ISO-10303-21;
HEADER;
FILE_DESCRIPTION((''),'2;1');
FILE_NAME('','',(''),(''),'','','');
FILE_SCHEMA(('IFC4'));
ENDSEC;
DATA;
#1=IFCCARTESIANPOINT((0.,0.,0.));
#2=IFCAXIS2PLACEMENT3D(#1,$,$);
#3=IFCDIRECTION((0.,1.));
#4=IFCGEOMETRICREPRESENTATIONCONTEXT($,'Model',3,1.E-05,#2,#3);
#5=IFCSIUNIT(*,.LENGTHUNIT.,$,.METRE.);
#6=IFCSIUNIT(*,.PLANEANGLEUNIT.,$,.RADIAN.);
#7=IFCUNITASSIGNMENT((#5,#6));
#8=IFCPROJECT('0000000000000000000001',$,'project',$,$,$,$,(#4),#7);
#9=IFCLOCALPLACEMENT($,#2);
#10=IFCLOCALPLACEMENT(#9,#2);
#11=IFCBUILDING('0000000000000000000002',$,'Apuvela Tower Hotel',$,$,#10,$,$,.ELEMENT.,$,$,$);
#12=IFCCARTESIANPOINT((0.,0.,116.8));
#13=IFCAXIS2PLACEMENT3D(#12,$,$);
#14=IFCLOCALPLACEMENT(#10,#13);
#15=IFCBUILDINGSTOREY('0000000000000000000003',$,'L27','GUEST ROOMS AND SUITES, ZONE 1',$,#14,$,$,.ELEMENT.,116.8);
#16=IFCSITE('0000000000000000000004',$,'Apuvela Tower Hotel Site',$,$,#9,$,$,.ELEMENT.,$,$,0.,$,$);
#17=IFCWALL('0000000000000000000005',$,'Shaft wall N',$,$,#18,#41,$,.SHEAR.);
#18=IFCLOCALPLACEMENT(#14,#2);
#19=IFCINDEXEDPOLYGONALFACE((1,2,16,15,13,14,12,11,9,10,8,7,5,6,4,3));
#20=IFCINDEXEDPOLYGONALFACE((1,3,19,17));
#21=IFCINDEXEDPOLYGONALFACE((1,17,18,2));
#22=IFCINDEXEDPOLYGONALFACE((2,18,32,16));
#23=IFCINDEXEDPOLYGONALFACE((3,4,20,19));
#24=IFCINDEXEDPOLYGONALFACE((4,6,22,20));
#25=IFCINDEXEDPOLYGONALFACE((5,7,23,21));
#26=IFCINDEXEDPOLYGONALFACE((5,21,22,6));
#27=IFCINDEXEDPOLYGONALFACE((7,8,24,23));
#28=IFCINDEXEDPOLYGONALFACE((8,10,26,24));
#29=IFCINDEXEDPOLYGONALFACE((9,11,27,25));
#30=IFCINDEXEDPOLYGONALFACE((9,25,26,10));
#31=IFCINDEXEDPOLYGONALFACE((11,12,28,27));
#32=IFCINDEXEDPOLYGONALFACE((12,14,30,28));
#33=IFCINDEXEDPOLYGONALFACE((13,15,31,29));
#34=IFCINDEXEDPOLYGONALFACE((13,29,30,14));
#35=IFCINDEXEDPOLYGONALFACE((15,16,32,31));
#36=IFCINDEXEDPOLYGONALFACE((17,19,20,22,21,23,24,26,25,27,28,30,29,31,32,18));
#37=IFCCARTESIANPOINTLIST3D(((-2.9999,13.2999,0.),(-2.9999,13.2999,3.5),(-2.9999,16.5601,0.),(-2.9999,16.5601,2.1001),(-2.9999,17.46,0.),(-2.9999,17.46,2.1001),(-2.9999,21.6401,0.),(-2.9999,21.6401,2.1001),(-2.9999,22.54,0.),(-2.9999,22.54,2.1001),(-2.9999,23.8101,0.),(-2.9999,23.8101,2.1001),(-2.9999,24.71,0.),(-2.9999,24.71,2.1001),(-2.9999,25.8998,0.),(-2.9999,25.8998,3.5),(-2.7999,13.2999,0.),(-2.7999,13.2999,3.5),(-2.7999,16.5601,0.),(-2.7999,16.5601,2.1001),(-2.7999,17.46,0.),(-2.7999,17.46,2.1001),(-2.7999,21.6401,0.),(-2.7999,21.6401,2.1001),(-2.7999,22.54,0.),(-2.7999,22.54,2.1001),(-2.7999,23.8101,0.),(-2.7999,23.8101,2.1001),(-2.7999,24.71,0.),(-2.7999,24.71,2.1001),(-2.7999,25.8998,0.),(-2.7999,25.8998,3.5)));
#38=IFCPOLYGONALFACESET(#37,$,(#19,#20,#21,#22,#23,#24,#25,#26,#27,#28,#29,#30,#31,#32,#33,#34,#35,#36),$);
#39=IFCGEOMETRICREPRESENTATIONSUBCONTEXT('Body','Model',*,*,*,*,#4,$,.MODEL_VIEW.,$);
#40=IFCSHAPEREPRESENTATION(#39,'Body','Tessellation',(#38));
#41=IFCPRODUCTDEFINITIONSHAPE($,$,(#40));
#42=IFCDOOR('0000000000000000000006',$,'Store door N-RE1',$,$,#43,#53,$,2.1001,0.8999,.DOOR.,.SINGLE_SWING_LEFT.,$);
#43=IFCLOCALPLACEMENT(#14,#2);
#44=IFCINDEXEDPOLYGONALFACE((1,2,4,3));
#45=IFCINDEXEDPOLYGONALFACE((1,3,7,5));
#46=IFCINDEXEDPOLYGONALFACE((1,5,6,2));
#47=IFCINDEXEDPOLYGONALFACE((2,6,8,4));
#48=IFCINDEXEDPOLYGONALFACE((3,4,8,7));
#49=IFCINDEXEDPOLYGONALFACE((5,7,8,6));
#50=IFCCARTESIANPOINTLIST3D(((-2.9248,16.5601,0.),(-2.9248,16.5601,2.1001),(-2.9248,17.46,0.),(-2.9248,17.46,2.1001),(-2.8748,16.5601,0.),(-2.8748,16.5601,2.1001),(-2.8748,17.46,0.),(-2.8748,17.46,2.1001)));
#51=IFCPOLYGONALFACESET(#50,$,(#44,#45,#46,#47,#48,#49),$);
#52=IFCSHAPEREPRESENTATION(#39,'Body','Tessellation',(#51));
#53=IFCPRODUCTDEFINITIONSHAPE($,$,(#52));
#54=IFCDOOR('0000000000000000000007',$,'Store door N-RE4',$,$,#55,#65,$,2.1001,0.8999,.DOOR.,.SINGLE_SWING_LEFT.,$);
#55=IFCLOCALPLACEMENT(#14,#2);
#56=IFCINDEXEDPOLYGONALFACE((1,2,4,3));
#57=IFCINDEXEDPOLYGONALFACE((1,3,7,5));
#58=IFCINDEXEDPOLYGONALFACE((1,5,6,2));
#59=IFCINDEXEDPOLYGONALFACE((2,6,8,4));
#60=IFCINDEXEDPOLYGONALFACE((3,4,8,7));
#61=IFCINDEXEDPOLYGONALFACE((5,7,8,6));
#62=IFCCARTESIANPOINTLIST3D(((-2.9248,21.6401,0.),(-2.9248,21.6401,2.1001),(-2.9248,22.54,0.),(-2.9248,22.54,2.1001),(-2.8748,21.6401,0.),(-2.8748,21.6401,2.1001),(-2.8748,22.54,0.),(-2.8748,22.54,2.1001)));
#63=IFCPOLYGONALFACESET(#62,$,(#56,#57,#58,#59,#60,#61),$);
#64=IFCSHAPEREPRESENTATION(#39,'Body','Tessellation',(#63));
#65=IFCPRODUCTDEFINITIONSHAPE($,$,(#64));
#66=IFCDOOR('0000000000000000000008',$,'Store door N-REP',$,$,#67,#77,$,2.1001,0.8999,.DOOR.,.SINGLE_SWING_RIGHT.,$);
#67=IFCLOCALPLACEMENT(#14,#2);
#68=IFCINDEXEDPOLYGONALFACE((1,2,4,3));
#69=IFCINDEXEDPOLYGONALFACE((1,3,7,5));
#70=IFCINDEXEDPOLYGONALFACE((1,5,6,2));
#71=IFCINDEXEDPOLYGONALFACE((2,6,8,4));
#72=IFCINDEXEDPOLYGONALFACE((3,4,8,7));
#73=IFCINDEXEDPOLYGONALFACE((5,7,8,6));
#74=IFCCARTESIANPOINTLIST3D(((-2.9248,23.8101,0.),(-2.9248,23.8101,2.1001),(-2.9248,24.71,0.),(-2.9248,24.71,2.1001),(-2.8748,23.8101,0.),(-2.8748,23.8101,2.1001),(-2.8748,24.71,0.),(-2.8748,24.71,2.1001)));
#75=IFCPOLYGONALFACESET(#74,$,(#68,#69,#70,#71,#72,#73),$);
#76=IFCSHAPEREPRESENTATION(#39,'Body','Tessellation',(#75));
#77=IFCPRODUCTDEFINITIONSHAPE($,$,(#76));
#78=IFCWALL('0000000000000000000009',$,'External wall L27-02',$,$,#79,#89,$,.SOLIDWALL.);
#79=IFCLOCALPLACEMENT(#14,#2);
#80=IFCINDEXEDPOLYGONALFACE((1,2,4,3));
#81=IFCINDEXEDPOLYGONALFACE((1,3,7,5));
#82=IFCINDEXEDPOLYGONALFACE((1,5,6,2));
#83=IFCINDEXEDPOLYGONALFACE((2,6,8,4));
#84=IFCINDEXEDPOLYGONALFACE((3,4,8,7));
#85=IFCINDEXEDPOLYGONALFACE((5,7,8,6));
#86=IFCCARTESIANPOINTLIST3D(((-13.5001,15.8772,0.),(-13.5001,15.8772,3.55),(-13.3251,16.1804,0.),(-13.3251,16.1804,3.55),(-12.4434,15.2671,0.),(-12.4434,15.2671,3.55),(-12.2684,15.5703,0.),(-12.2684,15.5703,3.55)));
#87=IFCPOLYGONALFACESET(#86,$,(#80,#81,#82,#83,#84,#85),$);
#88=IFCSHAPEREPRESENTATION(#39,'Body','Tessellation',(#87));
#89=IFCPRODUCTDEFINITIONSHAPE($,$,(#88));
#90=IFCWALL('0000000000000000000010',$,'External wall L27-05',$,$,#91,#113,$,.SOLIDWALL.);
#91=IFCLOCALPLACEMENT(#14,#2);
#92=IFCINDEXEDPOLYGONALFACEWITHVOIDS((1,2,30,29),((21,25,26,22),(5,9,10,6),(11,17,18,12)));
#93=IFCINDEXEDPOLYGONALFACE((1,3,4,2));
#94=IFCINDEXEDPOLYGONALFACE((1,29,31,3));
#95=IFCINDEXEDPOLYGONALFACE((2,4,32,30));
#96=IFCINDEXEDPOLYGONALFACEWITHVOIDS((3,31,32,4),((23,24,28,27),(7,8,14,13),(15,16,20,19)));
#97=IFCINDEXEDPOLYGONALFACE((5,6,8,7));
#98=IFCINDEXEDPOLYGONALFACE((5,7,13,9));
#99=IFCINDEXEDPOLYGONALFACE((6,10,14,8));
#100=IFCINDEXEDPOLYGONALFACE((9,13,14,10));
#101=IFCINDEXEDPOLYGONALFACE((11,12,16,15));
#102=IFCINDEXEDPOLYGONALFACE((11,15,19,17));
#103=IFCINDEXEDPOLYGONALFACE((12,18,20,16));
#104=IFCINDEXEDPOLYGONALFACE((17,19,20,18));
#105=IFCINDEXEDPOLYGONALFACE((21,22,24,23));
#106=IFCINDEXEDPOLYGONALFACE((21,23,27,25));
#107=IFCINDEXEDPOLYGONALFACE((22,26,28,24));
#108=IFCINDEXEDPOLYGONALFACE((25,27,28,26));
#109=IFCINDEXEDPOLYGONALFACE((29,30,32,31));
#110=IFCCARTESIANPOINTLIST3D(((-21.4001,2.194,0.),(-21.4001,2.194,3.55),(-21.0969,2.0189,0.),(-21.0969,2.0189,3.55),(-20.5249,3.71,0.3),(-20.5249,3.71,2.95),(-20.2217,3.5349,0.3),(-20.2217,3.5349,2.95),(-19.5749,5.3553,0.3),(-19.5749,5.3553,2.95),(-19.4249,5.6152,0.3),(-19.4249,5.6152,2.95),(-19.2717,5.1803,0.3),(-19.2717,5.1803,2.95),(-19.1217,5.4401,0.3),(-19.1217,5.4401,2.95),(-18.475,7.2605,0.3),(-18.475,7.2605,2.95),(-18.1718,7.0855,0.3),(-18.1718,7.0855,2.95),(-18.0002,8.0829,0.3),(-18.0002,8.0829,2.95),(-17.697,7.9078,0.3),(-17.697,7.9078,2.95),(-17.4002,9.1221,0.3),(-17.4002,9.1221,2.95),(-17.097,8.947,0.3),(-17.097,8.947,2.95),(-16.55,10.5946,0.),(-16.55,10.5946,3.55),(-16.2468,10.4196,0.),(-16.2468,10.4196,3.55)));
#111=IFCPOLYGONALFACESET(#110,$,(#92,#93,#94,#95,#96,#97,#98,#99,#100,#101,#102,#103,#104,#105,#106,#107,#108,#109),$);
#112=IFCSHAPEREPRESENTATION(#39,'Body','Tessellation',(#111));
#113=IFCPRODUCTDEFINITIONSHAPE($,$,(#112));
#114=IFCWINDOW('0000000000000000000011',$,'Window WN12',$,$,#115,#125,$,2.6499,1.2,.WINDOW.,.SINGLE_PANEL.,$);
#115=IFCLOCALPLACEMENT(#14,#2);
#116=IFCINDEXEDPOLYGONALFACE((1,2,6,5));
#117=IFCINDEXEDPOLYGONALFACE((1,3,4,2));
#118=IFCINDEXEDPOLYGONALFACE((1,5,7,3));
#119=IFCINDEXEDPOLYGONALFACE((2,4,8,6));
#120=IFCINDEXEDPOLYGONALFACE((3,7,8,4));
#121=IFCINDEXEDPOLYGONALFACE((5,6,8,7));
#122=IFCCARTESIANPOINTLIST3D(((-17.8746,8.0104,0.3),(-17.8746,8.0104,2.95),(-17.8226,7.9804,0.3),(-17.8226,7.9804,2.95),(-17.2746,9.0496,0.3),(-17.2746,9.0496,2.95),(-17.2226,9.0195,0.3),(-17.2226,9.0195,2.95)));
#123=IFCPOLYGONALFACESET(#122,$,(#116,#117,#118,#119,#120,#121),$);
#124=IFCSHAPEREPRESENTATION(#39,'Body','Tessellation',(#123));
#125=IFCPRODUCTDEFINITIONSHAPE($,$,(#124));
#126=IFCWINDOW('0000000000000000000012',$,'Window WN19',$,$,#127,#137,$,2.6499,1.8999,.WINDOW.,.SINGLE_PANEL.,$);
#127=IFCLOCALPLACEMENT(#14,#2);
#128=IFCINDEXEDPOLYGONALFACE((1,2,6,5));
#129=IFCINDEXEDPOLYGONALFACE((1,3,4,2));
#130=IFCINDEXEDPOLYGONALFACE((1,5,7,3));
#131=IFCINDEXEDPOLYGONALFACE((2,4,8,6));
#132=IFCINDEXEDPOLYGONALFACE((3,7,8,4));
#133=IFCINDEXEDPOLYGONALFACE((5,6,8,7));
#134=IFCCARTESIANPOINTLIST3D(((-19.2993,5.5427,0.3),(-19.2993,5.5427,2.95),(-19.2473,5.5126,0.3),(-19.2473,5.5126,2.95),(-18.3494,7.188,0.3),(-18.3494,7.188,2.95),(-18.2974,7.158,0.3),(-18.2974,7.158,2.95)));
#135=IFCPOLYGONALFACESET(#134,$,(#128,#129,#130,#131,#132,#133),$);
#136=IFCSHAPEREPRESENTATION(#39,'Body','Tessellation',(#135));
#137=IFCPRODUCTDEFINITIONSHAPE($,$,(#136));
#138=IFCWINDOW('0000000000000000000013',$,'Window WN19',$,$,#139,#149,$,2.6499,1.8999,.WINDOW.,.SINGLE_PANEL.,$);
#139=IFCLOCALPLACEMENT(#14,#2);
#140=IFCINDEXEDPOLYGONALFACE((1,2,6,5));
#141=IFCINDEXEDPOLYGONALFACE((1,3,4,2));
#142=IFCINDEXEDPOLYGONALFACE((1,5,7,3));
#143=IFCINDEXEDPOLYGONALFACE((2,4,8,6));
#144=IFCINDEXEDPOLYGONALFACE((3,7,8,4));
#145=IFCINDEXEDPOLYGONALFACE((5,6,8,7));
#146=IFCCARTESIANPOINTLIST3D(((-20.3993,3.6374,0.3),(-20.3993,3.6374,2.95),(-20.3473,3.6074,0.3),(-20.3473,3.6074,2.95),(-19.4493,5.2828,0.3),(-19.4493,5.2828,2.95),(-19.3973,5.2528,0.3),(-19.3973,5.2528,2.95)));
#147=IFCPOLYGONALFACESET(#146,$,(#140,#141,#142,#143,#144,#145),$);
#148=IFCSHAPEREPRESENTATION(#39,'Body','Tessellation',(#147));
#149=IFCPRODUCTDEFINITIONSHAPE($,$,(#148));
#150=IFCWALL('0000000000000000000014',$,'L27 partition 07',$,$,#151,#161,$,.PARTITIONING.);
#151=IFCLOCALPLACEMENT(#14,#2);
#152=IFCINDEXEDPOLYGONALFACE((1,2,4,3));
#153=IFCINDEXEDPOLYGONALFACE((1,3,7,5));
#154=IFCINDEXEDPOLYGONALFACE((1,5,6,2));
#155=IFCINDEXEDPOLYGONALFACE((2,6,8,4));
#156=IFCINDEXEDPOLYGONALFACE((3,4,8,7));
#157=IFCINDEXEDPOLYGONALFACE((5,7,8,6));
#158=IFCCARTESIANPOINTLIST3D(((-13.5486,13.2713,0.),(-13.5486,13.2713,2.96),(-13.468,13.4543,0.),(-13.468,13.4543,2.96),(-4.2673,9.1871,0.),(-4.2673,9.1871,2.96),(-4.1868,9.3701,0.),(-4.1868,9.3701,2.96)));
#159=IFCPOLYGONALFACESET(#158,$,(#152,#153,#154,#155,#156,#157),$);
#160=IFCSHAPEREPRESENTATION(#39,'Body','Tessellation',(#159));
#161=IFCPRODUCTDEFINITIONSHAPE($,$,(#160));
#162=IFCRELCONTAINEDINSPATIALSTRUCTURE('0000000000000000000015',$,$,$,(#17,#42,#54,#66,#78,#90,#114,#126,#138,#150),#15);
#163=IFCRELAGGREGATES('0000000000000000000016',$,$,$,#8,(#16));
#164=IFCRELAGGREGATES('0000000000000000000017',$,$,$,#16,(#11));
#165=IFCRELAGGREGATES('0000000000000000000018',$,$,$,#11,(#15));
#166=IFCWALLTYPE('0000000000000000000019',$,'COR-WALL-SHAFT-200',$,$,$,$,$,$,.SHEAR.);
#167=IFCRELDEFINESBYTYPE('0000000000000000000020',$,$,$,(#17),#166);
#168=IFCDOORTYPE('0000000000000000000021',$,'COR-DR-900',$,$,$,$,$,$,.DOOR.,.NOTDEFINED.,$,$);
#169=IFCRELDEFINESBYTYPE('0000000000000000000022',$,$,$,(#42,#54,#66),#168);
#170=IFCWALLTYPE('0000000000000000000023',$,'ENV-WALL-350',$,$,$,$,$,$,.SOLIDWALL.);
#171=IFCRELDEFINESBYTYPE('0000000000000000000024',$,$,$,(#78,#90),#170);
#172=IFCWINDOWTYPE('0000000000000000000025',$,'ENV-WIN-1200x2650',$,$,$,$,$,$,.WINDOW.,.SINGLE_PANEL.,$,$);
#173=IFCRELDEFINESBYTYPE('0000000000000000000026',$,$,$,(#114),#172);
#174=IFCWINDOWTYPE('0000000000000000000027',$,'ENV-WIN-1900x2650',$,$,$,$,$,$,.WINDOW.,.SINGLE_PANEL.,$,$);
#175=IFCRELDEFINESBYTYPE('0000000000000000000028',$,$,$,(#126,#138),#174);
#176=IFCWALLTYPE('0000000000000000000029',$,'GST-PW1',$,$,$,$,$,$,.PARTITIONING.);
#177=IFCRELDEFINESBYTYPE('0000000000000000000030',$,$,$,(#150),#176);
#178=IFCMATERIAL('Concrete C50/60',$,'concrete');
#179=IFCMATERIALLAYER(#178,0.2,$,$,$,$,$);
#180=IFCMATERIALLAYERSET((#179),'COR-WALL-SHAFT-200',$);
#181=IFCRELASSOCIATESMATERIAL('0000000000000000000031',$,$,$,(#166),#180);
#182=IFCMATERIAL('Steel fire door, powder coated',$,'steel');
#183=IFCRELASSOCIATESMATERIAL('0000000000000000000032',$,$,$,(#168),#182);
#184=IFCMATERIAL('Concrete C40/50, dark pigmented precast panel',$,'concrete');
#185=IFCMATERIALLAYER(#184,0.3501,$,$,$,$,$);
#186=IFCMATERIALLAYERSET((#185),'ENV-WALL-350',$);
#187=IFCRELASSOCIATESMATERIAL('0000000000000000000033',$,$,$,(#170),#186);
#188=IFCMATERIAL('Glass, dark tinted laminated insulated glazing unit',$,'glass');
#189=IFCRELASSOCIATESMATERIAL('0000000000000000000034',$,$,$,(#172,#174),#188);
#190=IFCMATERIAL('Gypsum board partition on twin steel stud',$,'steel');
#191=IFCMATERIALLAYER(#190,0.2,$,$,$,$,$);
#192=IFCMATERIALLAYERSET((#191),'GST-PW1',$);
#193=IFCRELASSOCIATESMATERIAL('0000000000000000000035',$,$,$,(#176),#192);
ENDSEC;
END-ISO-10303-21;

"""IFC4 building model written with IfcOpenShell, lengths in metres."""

from ifc_helpers import new_model, si_unit, direction, frame, frame_2d, origin, place, context, subcontext, project, spatial, rectangle, extrude, material, layer, layer_set, type_object, element, fill, save


model = new_model("IFC4")

# Units and contexts
model_context = context("Model", 3, precision=1e-05, world=origin(), true_north=direction((0.0, 1.0)))
body_context = subcontext(model_context, "Body", "Model", "MODEL_VIEW")
ifc_project = project(units=[si_unit("LENGTHUNIT", "METRE"), si_unit("PLANEANGLEUNIT", "RADIAN")], contexts=[model_context])

# Site, building, storey
site_placement = place(None, origin())
site = spatial("IfcSite", under=ifc_project, at=site_placement, Name="Apuvela Tower Hotel Site", CompositionType="ELEMENT", RefElevation=0.0)
building_placement = place(site_placement, origin())
building = spatial("IfcBuilding", under=site, at=building_placement, Name="Apuvela Tower Hotel", CompositionType="ELEMENT")
storey_placement = place(building_placement, frame((0.0, 0.0, 116.8)))
storey = spatial("IfcBuildingStorey", under=building, at=storey_placement, Name="L27", Description="GUEST ROOMS AND SUITES, ZONE 1", CompositionType="ELEMENT", Elevation=116.8)

# Shared definitions
ifc_material_1 = material(Name="Concrete C50/60", Category="concrete")
ifc_layer_1 = layer(ifc_material_1, 0.2)
ifc_layer_set_1 = layer_set([ifc_layer_1], Name="COR-WALL-SHAFT-200")
wall_type_1 = type_object("IfcWallType", Name="COR-WALL-SHAFT-200", PredefinedType="SHEAR", material=ifc_layer_set_1)

# Wall, openings, doors
wall_1_placement = place(storey_placement, frame((-2.8999, 13.3, 0.0), z_axis=(0.0, 0.0, 1.0), x_axis=(0.0, 1.0, 0.0)))
wall_1 = element("IfcWall", 1, at=wall_1_placement, inside=storey, type_object=wall_type_1, Name="Shaft wall N", PredefinedType="SHEAR", context=body_context, shape_type="SweptSolid", body=[
    extrude(rectangle(XDim=12.5999, YDim=0.2, at=frame_2d((6.2998, 0.0))), origin(), (0.0, 0.0, 1.0), 3.5),
])
opening_1_placement = place(wall_1_placement, frame((3.26, 0.0, 0.0)))
opening_1 = element("IfcOpeningElement", 2, at=opening_1_placement, cuts=wall_1, PredefinedType="OPENING", context=body_context, shape_type="SweptSolid", body=[
    extrude(rectangle(XDim=0.8999, YDim=2.1001, at=frame_2d((0.45, 1.05))), frame((0.0, 0.1099, 0.0), z_axis=(0.0, -1.0, 0.0), x_axis=(1.0, 0.0, 0.0)), (0.0, 0.0, 1.0), 0.22),
])
opening_2_placement = place(wall_1_placement, frame((8.3401, 0.0, 0.0)))
opening_2 = element("IfcOpeningElement", 3, at=opening_2_placement, cuts=wall_1, PredefinedType="OPENING", context=body_context, shape_type="SweptSolid", body=[
    extrude(rectangle(XDim=0.8999, YDim=2.1001, at=frame_2d((0.45, 1.05))), frame((0.0, 0.1099, 0.0), z_axis=(0.0, -1.0, 0.0), x_axis=(1.0, 0.0, 0.0)), (0.0, 0.0, 1.0), 0.22),
])
opening_3_placement = place(wall_1_placement, frame((10.51, 0.0, 0.0)))
opening_3 = element("IfcOpeningElement", 4, at=opening_3_placement, cuts=wall_1, PredefinedType="OPENING", context=body_context, shape_type="SweptSolid", body=[
    extrude(rectangle(XDim=0.8999, YDim=2.1001, at=frame_2d((0.45, 1.05))), frame((0.0, 0.1099, 0.0), z_axis=(0.0, -1.0, 0.0), x_axis=(1.0, 0.0, 0.0)), (0.0, 0.0, 1.0), 0.22),
])
ifc_material_2 = material(Name="Steel fire door, powder coated", Category="steel")
door_type_1 = type_object("IfcDoorType", Name="COR-DR-900", OperationType="NOTDEFINED", PredefinedType="DOOR", material=ifc_material_2)
door_1_placement = place(opening_1_placement, origin())
door_1 = element("IfcDoor", 5, at=door_1_placement, inside=storey, type_object=door_type_1, Name="Store door N-RE1", OperationType="SINGLE_SWING_LEFT", OverallHeight=2.1001, OverallWidth=0.8999, PredefinedType="DOOR", context=body_context, shape_type="SweptSolid", body=[
    extrude(rectangle(XDim=0.8999, YDim=2.1001, at=frame_2d((0.45, 1.05))), frame((0.0, 0.0249, 0.0), z_axis=(0.0, -1.0, 0.0), x_axis=(1.0, 0.0, 0.0)), (0.0, 0.0, 1.0), 0.05),
])
fill(opening_1, door_1)
door_2_placement = place(opening_2_placement, origin())
door_2 = element("IfcDoor", 6, at=door_2_placement, inside=storey, type_object=door_type_1, Name="Store door N-RE4", OperationType="SINGLE_SWING_LEFT", OverallHeight=2.1001, OverallWidth=0.8999, PredefinedType="DOOR", context=body_context, shape_type="SweptSolid", body=[
    extrude(rectangle(XDim=0.8999, YDim=2.1001, at=frame_2d((0.45, 1.05))), frame((0.0, 0.0249, 0.0), z_axis=(0.0, -1.0, 0.0), x_axis=(1.0, 0.0, 0.0)), (0.0, 0.0, 1.0), 0.05),
])
fill(opening_2, door_2)
door_3_placement = place(opening_3_placement, origin())
door_3 = element("IfcDoor", 7, at=door_3_placement, inside=storey, type_object=door_type_1, Name="Store door N-REP", OperationType="SINGLE_SWING_RIGHT", OverallHeight=2.1001, OverallWidth=0.8999, PredefinedType="DOOR", context=body_context, shape_type="SweptSolid", body=[
    extrude(rectangle(XDim=0.8999, YDim=2.1001, at=frame_2d((0.45, 1.05))), frame((0.0, 0.0249, 0.0), z_axis=(0.0, -1.0, 0.0), x_axis=(1.0, 0.0, 0.0)), (0.0, 0.0, 1.0), 0.05),
])
fill(opening_3, door_3)

# Wall
ifc_material_3 = material(Name="Concrete C40/50, dark pigmented precast panel", Category="concrete")
ifc_layer_2 = layer(ifc_material_3, 0.3501)
ifc_layer_set_2 = layer_set([ifc_layer_2], Name="ENV-WALL-350")
wall_type_2 = type_object("IfcWallType", Name="ENV-WALL-350", PredefinedType="SOLIDWALL", material=ifc_layer_set_2)
wall_2_placement = place(storey_placement, frame((-13.4126, 16.0288, 0.0), z_axis=(0.0, 0.0, 1.0), x_axis=(0.866006, -0.500034, 0.0)))
element("IfcWall", 8, at=wall_2_placement, inside=storey, type_object=wall_type_2, Name="External wall L27-02", PredefinedType="SOLIDWALL", context=body_context, shape_type="SweptSolid", body=[
    extrude(rectangle(XDim=1.2202, YDim=0.3501, at=frame_2d((0.6101, 0.0))), origin(), (0.0, 0.0, 1.0), 3.55),
])

# Shared definitions
ifc_material_4 = material(Name="Glass, dark tinted laminated insulated glazing unit", Category="glass")
window_type_1 = type_object("IfcWindowType", Name="ENV-WIN-1200x2650", PartitioningType="SINGLE_PANEL", PredefinedType="WINDOW", material=ifc_material_4)

# Wall, openings, windows
wall_3_placement = place(storey_placement, frame((-16.3984, 10.5071, 0.0), z_axis=(0.0, 0.0, 1.0), x_axis=(-0.499999, -0.866026, 0.0)))
wall_3 = element("IfcWall", 9, at=wall_3_placement, inside=storey, type_object=wall_type_2, Name="External wall L27-05", PredefinedType="SOLIDWALL", context=body_context, shape_type="SweptSolid", body=[
    extrude(rectangle(XDim=9.7002, YDim=0.3501, at=frame_2d((4.8501, 0.0))), origin(), (0.0, 0.0, 1.0), 3.55),
])
opening_4_placement = place(wall_3_placement, frame((1.7002, 0.0, 0.3)))
opening_4 = element("IfcOpeningElement", 10, at=opening_4_placement, cuts=wall_3, PredefinedType="OPENING", context=body_context, shape_type="SweptSolid", body=[
    extrude(rectangle(XDim=1.2, YDim=2.6499, at=frame_2d((0.6001, 1.325))), frame((0.0, 0.1851, 0.0), z_axis=(0.0, -1.0, 0.0), x_axis=(1.0, 0.0, 0.0)), (0.0, 0.0, 1.0), 0.3701),
])
opening_5_placement = place(wall_3_placement, frame((3.8499, 0.0, 0.3)))
opening_5 = element("IfcOpeningElement", 11, at=opening_5_placement, cuts=wall_3, PredefinedType="OPENING", context=body_context, shape_type="SweptSolid", body=[
    extrude(rectangle(XDim=1.8999, YDim=2.6499, at=frame_2d((0.95, 1.325))), frame((0.0, 0.1851, 0.0), z_axis=(0.0, -1.0, 0.0), x_axis=(1.0, 0.0, 0.0)), (0.0, 0.0, 1.0), 0.3701),
])
opening_6_placement = place(wall_3_placement, frame((6.0498, 0.0, 0.3)))
opening_6 = element("IfcOpeningElement", 12, at=opening_6_placement, cuts=wall_3, PredefinedType="OPENING", context=body_context, shape_type="SweptSolid", body=[
    extrude(rectangle(XDim=1.8999, YDim=2.6499, at=frame_2d((0.95, 1.325))), frame((0.0, 0.1851, 0.0), z_axis=(0.0, -1.0, 0.0), x_axis=(1.0, 0.0, 0.0)), (0.0, 0.0, 1.0), 0.3701),
])
window_1_placement = place(opening_4_placement, origin())
window_1 = element("IfcWindow", 13, at=window_1_placement, inside=storey, type_object=window_type_1, Name="Window WN12", OverallHeight=2.6499, OverallWidth=1.2, PartitioningType="SINGLE_PANEL", PredefinedType="WINDOW", context=body_context, shape_type="SweptSolid", body=[
    extrude(rectangle(XDim=1.2, YDim=2.6499, at=frame_2d((0.6001, 1.325))), frame((0.0, 0.03, 0.0), z_axis=(0.0, -1.0, 0.0), x_axis=(1.0, 0.0, 0.0)), (0.0, 0.0, 1.0), 0.0601),
])
fill(opening_4, window_1)
window_type_2 = type_object("IfcWindowType", Name="ENV-WIN-1900x2650", PartitioningType="SINGLE_PANEL", PredefinedType="WINDOW", material=ifc_material_4)
window_2_placement = place(opening_5_placement, origin())
window_2 = element("IfcWindow", 14, at=window_2_placement, inside=storey, type_object=window_type_2, Name="Window WN19", OverallHeight=2.6499, OverallWidth=1.8999, PartitioningType="SINGLE_PANEL", PredefinedType="WINDOW", context=body_context, shape_type="SweptSolid", body=[
    extrude(rectangle(XDim=1.8999, YDim=2.6499, at=frame_2d((0.95, 1.325))), frame((0.0, 0.03, 0.0), z_axis=(0.0, -1.0, 0.0), x_axis=(1.0, 0.0, 0.0)), (0.0, 0.0, 1.0), 0.0601),
])
fill(opening_5, window_2)
window_3_placement = place(opening_6_placement, origin())
window_3 = element("IfcWindow", 15, at=window_3_placement, inside=storey, type_object=window_type_2, Name="Window WN19", OverallHeight=2.6499, OverallWidth=1.8999, PartitioningType="SINGLE_PANEL", PredefinedType="WINDOW", context=body_context, shape_type="SweptSolid", body=[
    extrude(rectangle(XDim=1.8999, YDim=2.6499, at=frame_2d((0.95, 1.325))), frame((0.0, 0.03, 0.0), z_axis=(0.0, -1.0, 0.0), x_axis=(1.0, 0.0, 0.0)), (0.0, 0.0, 1.0), 0.0601),
])
fill(opening_6, window_3)

# Wall
ifc_material_5 = material(Name="Gypsum board partition on twin steel stud", Category="steel")
ifc_layer_3 = layer(ifc_material_5, 0.2)
ifc_layer_set_3 = layer_set([ifc_layer_3], Name="GST-PW1")
wall_type_3 = type_object("IfcWallType", Name="GST-PW1", PredefinedType="PARTITIONING", material=ifc_layer_set_3)
wall_4_placement = place(storey_placement, frame((-13.5083, 13.3628, 0.0), z_axis=(0.0, 0.0, 1.0), x_axis=(0.915298, -0.402778, 0.0)))
element("IfcWall", 16, at=wall_4_placement, inside=storey, type_object=wall_type_3, Name="L27 partition 07", PredefinedType="PARTITIONING", context=body_context, shape_type="SweptSolid", body=[
    extrude(rectangle(XDim=10.1401, YDim=0.2, at=frame_2d((5.0701, 0.0))), origin(), (0.0, 0.0, 1.0), 2.96),
])

save(model, "model.ifc")
